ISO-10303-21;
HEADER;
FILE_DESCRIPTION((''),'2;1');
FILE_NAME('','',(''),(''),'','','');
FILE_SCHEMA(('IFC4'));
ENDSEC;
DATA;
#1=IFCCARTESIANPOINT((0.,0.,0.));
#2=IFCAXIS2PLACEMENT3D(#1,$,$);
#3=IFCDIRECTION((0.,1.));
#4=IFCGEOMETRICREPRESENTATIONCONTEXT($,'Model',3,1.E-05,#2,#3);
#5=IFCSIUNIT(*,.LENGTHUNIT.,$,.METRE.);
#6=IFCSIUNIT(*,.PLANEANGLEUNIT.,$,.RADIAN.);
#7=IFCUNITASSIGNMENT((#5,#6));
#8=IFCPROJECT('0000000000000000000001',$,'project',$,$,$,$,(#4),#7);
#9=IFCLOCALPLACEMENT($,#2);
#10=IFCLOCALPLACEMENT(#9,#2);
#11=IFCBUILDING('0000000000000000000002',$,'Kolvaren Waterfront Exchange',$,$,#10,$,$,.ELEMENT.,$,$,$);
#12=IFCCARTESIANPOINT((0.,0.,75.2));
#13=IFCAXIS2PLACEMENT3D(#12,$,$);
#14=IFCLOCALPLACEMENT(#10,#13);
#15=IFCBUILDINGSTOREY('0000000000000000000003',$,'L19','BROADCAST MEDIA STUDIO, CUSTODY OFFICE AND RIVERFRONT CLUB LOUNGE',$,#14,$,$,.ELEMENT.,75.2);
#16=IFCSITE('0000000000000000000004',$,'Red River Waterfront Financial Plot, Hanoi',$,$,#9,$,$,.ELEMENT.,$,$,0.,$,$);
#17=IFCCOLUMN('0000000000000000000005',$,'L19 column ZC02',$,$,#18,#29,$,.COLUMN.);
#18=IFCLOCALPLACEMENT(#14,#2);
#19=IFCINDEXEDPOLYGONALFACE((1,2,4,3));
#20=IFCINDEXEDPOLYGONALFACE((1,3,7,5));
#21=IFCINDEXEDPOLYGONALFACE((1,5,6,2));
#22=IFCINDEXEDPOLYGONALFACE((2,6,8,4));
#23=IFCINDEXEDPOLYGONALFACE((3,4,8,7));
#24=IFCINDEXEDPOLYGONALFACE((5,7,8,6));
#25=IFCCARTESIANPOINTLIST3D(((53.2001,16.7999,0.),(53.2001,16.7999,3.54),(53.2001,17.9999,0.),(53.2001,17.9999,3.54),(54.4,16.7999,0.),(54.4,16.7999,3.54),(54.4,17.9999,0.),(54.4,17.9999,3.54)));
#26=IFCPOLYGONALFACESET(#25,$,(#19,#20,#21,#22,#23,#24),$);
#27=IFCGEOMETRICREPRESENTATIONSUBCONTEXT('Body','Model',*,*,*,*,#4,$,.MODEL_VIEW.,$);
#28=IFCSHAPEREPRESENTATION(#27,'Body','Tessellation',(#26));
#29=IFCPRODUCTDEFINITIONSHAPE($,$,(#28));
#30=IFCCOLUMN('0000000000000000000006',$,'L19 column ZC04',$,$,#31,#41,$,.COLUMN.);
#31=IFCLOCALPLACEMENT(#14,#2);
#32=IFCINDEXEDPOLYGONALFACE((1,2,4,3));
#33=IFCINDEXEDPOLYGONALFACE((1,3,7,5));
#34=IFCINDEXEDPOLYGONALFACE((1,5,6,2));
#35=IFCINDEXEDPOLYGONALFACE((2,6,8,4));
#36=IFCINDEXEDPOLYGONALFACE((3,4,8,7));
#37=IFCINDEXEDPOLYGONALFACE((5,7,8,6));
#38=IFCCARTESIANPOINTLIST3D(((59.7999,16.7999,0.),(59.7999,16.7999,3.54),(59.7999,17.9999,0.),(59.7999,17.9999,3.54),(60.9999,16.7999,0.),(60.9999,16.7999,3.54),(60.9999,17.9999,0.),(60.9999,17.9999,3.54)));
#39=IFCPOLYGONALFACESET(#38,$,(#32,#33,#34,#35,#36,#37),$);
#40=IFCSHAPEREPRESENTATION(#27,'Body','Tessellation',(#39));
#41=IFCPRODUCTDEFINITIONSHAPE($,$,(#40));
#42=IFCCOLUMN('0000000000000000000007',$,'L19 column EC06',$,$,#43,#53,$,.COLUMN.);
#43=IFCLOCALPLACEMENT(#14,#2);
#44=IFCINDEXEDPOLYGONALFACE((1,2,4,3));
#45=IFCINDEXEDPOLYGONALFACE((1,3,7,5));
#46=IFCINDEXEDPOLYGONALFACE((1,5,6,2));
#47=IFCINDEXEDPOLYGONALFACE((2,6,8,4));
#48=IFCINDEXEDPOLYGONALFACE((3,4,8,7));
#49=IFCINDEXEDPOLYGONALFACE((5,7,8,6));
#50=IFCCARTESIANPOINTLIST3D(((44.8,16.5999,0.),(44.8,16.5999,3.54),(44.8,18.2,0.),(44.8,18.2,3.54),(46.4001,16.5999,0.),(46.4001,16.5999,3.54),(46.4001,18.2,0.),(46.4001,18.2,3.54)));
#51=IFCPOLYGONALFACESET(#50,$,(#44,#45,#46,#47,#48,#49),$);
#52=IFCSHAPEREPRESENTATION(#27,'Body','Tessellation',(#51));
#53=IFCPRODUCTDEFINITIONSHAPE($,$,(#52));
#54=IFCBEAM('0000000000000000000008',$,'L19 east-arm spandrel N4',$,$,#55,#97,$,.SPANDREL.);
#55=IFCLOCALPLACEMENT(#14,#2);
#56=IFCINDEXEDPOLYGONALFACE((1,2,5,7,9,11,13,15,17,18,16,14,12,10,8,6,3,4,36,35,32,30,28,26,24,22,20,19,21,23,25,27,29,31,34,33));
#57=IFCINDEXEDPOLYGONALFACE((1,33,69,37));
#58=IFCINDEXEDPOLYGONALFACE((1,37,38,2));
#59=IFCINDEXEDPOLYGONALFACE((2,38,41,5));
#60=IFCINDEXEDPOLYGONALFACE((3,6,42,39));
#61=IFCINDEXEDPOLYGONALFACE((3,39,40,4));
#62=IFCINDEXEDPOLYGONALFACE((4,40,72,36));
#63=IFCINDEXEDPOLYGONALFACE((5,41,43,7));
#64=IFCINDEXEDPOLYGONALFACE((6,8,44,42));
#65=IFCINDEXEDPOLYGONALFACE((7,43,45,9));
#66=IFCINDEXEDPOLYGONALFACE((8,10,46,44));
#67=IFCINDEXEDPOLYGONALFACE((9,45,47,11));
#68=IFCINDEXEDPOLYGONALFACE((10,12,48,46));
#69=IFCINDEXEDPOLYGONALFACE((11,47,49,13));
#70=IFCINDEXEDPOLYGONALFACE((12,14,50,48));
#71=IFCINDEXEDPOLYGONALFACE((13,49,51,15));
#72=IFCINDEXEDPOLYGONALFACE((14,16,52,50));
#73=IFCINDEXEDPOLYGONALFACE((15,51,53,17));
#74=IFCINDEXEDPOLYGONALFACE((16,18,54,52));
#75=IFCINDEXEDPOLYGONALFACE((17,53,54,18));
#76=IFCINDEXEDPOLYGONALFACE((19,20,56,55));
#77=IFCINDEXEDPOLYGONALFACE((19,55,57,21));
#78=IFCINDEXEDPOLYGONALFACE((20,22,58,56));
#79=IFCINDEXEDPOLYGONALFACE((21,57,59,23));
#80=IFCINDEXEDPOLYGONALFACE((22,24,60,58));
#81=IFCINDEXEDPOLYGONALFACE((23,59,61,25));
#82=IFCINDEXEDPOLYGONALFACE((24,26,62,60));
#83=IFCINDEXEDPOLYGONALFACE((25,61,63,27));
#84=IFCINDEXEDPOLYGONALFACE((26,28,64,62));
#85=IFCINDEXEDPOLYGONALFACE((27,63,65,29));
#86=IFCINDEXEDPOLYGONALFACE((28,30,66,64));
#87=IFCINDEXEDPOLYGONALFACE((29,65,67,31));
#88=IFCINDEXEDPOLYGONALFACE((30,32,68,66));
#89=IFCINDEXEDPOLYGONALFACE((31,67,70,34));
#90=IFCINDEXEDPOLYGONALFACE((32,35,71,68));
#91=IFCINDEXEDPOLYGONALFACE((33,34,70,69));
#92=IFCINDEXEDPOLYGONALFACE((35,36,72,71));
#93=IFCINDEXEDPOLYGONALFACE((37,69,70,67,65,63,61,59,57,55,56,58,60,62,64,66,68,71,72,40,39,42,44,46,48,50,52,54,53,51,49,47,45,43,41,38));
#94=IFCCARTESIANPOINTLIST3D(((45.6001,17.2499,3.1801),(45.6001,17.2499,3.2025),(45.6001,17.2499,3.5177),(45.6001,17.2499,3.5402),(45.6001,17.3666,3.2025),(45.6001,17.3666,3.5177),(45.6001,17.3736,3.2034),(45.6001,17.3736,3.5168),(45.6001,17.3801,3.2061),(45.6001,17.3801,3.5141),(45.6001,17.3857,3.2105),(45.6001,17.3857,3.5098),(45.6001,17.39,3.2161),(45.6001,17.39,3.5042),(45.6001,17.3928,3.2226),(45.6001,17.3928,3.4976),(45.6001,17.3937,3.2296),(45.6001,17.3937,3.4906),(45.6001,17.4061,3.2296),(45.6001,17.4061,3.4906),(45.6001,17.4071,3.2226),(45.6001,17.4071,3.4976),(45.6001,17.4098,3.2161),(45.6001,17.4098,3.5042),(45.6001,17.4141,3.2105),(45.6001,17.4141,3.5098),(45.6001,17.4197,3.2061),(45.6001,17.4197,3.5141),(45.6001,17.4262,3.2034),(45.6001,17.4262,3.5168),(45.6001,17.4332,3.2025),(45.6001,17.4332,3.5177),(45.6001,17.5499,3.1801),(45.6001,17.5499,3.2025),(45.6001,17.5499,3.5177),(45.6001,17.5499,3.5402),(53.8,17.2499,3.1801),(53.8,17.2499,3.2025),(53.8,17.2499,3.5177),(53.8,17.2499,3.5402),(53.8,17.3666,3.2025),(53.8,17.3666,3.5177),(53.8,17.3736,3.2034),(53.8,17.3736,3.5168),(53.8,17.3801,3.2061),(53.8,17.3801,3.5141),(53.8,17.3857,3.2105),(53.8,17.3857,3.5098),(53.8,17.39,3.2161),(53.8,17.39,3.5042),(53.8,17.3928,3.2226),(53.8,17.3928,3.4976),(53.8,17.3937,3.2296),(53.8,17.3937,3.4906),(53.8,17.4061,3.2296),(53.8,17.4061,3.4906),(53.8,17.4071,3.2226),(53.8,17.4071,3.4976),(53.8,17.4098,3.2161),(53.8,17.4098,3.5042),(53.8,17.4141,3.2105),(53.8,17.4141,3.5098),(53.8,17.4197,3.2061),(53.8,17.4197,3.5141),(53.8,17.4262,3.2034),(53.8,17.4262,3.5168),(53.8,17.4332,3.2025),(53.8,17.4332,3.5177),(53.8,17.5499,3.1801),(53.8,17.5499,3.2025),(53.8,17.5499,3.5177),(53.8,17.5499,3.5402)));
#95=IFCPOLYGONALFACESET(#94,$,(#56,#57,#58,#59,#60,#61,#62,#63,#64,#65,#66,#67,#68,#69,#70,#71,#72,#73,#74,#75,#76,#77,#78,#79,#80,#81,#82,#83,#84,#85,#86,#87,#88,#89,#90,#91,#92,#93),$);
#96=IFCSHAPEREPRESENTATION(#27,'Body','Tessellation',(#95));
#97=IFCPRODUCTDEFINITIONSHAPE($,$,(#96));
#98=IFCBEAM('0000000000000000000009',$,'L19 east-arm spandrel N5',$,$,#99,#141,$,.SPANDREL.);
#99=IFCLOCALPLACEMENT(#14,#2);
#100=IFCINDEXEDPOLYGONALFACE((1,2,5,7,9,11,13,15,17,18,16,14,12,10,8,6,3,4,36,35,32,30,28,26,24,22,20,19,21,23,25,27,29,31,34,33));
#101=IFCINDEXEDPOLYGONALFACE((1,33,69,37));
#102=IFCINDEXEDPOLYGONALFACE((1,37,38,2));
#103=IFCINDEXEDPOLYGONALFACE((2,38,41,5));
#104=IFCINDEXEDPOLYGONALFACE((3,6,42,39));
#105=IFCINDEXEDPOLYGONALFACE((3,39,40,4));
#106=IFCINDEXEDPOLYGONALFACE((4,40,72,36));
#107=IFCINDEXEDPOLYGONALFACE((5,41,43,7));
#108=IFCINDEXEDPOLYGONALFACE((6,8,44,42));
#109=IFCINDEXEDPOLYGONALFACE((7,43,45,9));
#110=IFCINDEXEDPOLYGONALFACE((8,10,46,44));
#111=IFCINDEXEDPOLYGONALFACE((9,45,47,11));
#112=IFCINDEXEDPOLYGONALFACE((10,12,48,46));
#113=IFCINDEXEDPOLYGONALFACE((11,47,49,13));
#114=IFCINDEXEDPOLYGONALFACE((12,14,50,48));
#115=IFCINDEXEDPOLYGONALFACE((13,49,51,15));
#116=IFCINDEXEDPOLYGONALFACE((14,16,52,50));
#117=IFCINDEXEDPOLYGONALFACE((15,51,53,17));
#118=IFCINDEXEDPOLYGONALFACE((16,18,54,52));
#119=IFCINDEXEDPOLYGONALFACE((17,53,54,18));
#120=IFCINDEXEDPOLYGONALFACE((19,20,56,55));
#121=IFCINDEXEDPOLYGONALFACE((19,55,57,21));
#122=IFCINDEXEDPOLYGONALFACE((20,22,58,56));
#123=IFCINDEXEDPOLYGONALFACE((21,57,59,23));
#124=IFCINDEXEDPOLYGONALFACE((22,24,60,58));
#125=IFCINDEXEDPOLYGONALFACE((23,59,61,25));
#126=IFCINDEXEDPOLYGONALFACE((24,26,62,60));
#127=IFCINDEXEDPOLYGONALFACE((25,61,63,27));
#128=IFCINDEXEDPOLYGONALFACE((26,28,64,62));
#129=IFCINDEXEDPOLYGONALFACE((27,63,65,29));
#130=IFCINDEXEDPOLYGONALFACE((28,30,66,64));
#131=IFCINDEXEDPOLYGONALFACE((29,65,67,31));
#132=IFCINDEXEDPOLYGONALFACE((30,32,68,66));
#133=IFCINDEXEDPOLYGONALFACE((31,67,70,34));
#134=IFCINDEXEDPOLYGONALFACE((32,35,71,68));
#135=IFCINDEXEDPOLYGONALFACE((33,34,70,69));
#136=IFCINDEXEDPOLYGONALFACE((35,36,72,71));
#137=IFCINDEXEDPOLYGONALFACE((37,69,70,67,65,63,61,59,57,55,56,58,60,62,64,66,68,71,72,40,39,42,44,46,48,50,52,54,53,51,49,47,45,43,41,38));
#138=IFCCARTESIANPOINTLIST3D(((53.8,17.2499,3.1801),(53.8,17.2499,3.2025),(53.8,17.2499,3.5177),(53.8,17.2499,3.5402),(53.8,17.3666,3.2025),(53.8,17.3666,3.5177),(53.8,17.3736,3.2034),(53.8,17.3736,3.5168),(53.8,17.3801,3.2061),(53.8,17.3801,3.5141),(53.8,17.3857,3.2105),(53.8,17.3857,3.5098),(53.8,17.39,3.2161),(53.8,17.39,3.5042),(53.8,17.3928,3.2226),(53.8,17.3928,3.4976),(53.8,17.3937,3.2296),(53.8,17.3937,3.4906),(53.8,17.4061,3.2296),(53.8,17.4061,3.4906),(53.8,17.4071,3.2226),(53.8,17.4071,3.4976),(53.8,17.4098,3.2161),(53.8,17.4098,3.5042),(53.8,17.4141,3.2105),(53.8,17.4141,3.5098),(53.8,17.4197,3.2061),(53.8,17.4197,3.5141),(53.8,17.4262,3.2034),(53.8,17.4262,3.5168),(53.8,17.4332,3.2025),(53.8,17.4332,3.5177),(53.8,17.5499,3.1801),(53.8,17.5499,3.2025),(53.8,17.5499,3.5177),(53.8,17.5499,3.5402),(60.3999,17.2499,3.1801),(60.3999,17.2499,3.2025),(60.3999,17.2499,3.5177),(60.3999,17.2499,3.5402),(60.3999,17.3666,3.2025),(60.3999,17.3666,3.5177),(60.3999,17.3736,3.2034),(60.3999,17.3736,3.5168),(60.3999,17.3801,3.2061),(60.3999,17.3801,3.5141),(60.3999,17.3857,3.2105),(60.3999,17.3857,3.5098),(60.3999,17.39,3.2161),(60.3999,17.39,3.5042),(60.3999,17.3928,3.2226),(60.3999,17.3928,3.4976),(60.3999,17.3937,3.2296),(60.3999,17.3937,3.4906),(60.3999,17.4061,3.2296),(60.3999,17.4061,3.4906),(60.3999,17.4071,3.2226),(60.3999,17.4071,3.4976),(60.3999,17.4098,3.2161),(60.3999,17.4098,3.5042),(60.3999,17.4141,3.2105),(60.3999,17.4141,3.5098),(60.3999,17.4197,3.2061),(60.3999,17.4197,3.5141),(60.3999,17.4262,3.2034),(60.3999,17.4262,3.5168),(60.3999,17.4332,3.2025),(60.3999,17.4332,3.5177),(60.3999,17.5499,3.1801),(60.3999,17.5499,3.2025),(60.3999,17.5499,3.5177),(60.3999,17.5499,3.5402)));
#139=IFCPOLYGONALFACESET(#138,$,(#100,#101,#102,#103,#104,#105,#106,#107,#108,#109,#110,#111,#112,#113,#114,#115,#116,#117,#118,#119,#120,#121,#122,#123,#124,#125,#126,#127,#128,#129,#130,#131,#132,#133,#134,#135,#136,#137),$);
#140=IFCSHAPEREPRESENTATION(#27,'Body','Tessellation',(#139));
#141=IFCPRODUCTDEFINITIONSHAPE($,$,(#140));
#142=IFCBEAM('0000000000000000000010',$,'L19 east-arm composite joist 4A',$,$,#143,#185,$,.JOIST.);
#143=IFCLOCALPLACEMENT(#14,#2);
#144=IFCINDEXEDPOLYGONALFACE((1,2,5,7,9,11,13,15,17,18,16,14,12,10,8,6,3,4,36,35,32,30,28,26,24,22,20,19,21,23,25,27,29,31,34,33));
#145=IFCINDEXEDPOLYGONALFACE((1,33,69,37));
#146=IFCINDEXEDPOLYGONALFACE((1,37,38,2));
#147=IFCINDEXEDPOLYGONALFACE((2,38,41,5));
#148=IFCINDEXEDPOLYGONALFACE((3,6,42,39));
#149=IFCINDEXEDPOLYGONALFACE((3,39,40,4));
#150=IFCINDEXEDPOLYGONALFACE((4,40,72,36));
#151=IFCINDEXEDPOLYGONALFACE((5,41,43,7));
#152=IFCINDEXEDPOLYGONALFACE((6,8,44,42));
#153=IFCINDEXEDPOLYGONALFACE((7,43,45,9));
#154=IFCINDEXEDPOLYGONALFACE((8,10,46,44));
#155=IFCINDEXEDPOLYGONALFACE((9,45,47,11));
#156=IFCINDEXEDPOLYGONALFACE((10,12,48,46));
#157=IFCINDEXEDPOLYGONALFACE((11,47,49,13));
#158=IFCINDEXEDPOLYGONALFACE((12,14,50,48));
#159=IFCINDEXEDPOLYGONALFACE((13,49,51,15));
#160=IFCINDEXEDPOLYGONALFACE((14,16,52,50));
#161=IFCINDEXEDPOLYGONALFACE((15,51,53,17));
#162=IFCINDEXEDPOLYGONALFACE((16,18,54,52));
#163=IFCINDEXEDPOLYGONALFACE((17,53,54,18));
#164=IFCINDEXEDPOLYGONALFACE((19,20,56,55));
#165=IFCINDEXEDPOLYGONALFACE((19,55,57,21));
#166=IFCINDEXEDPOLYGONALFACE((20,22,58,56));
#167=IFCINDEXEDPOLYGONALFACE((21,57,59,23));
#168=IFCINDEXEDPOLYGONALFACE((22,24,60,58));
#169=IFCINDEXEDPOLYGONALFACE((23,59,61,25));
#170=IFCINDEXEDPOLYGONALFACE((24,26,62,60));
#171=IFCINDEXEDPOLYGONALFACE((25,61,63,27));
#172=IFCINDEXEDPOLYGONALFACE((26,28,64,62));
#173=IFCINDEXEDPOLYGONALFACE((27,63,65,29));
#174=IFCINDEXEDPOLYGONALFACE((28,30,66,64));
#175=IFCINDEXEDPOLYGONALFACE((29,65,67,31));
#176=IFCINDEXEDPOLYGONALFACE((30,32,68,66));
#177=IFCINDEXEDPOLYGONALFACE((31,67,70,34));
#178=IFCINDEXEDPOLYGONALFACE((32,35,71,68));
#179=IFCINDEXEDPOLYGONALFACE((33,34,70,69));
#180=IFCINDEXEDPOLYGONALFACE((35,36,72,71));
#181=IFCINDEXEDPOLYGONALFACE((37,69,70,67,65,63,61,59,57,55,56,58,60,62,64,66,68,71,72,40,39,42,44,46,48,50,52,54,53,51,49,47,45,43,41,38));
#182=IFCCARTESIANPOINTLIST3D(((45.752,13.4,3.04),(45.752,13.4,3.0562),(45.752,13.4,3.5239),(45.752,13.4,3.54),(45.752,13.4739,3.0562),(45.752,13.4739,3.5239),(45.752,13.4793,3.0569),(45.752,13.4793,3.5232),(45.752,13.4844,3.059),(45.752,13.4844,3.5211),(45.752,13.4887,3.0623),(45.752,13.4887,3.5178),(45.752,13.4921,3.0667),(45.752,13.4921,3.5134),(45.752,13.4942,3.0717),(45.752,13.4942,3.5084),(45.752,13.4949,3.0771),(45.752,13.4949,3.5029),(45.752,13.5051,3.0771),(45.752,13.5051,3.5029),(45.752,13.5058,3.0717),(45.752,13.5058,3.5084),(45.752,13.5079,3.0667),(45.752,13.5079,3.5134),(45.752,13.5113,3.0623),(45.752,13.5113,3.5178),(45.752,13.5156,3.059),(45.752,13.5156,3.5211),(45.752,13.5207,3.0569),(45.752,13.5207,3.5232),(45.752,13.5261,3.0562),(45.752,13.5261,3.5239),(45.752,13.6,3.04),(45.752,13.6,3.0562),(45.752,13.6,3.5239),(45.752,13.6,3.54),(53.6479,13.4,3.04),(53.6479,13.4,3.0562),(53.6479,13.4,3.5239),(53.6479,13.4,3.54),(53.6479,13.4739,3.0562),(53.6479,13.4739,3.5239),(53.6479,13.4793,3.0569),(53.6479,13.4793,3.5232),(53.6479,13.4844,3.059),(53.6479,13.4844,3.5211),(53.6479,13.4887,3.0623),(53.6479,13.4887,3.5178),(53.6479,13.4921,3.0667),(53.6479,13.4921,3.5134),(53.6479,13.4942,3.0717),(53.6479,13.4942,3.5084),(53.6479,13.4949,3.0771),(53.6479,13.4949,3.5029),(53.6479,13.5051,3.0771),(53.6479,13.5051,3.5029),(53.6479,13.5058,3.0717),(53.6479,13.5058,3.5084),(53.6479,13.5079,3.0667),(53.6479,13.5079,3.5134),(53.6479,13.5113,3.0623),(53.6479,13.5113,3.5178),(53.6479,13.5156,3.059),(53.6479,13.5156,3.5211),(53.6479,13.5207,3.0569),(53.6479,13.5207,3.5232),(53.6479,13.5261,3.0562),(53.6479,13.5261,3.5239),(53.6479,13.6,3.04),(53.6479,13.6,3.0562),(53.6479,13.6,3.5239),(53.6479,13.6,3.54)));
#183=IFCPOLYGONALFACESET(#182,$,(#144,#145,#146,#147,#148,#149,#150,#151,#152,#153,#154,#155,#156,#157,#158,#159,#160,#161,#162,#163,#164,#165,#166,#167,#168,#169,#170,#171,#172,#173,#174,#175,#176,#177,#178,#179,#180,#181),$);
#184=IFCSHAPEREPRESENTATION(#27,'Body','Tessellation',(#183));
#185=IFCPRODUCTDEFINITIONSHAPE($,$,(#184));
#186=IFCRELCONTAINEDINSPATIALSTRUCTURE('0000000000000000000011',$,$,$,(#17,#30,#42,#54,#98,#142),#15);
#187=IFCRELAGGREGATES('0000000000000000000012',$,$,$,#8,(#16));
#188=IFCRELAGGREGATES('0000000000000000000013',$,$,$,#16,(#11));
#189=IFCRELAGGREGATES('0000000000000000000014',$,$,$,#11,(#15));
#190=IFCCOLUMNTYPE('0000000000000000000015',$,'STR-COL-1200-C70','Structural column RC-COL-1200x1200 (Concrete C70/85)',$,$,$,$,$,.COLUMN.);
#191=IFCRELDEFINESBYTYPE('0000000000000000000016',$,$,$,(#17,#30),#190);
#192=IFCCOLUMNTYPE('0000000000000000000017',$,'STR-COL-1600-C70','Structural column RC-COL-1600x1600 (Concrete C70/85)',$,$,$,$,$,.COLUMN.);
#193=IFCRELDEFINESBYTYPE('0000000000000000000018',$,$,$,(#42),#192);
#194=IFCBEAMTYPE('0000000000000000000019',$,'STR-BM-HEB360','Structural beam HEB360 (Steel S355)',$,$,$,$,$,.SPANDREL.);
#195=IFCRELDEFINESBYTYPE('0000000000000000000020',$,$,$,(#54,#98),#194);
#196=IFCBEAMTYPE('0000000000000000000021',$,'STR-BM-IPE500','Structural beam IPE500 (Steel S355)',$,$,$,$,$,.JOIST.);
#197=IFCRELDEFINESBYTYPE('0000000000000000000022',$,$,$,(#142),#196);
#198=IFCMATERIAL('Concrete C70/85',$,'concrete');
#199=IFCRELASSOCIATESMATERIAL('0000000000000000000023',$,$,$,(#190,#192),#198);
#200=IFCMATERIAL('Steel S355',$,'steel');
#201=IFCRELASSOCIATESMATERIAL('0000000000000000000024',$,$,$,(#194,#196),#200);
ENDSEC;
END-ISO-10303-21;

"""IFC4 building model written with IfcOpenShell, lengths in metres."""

from ifc_helpers import new_model, si_unit, direction, frame, origin, origin_2d, place, context, subcontext, project, spatial, rectangle, i_section, extrude, material, material_profile, profile_set, type_object, element, save


model = new_model("IFC4")

# Units and contexts
model_context = context("Model", 3, precision=1e-05, world=origin(), true_north=direction((0.0, 1.0)))
body_context = subcontext(model_context, "Body", "Model", "MODEL_VIEW")
ifc_project = project(units=[si_unit("LENGTHUNIT", "METRE"), si_unit("PLANEANGLEUNIT", "RADIAN")], contexts=[model_context])

# Site, building, storey
site_placement = place(None, origin())
site = spatial("IfcSite", under=ifc_project, at=site_placement, Name="Red River Waterfront Financial Plot, Hanoi", CompositionType="ELEMENT", RefElevation=0.0)
building_placement = place(site_placement, origin())
building = spatial("IfcBuilding", under=site, at=building_placement, Name="Kolvaren Waterfront Exchange", CompositionType="ELEMENT")
storey_placement = place(building_placement, frame((0.0, 0.0, 75.2)))
storey = spatial("IfcBuildingStorey", under=building, at=storey_placement, Name="L19", Description="BROADCAST MEDIA STUDIO, CUSTODY OFFICE AND RIVERFRONT CLUB LOUNGE", CompositionType="ELEMENT", Elevation=75.2)

# Columns
ifc_material_1 = material(Name="Concrete C70/85", Category="concrete")
ifc_material_profile_1 = material_profile(ifc_material_1, rectangle(XDim=1.2, YDim=1.2, at=origin_2d()), Name="RC-COL-1200x1200")
ifc_profile_set_1 = profile_set([ifc_material_profile_1], Name="Concrete C70/85")
column_type_1 = type_object("IfcColumnType", Name="STR-COL-1200-C70", Description="Structural column RC-COL-1200x1200 (Concrete C70/85)", PredefinedType="COLUMN", material=ifc_profile_set_1)
for number, where, z_axis, x_axis, name in (
    (1, (53.8, 17.3999, 0.0), (0.0, 0.0, 1.0), (1.0, 0.0, 0.0), "L19 column ZC02"),
    (2, (60.3999, 17.3999, 0.0), (0.0, 0.0, 1.0), (1.0, 0.0, 0.0), "L19 column ZC04"),
):
    element("IfcColumn", number, at=place(storey_placement, frame(where, z_axis=z_axis, x_axis=x_axis)), inside=storey, type_object=column_type_1, Name=name, PredefinedType="COLUMN", context=body_context, shape_type="SweptSolid", body=[
        extrude(rectangle(XDim=1.2, YDim=1.2, at=origin_2d()), origin(), (0.0, 0.0, 1.0), 3.54),
    ])
ifc_material_profile_2 = material_profile(ifc_material_1, rectangle(XDim=1.6001, YDim=1.6001, at=origin_2d()), Name="RC-COL-1600x1600")
ifc_profile_set_2 = profile_set([ifc_material_profile_2], Name="Concrete C70/85")
column_type_2 = type_object("IfcColumnType", Name="STR-COL-1600-C70", Description="Structural column RC-COL-1600x1600 (Concrete C70/85)", PredefinedType="COLUMN", material=ifc_profile_set_2)
column_placement = place(storey_placement, frame((45.6001, 17.3999, 0.0), z_axis=(0.0, 0.0, 1.0), x_axis=(1.0, 0.0, 0.0)))
element("IfcColumn", 3, at=column_placement, inside=storey, type_object=column_type_2, Name="L19 column EC06", PredefinedType="COLUMN", context=body_context, shape_type="SweptSolid", body=[
    extrude(rectangle(XDim=1.6001, YDim=1.6001, at=origin_2d()), origin(), (0.0, 0.0, 1.0), 3.54),
])

# Beams
ifc_material_2 = material(Name="Steel S355", Category="steel")
ifc_material_profile_3 = material_profile(ifc_material_2, i_section(OverallWidth=0.3, OverallDepth=0.3601, WebThickness=0.0125, FlangeThickness=0.0225, FilletRadius=0.0271, at=origin_2d()), Name="HEB360")
ifc_profile_set_3 = profile_set([ifc_material_profile_3], Name="Steel S355")
beam_type_1 = type_object("IfcBeamType", Name="STR-BM-HEB360", Description="Structural beam HEB360 (Steel S355)", PredefinedType="SPANDREL", material=ifc_profile_set_3)
beam_1_placement = place(storey_placement, frame((45.6001, 17.3999, 3.3601), z_axis=(1.0, 0.0, 0.0), x_axis=(0.0, 1.0, 0.0)))
element("IfcBeam", 4, at=beam_1_placement, inside=storey, type_object=beam_type_1, Name="L19 east-arm spandrel N4", PredefinedType="SPANDREL", context=body_context, shape_type="SweptSolid", body=[
    extrude(i_section(OverallWidth=0.3, OverallDepth=0.3601, WebThickness=0.0125, FlangeThickness=0.0225, FilletRadius=0.0271, at=origin_2d()), origin(), (0.0, 0.0, 1.0), 8.2),
])
beam_2_placement = place(storey_placement, frame((53.8, 17.3999, 3.3601), z_axis=(1.0, 0.0, 0.0), x_axis=(0.0, 1.0, 0.0)))
element("IfcBeam", 5, at=beam_2_placement, inside=storey, type_object=beam_type_1, Name="L19 east-arm spandrel N5", PredefinedType="SPANDREL", context=body_context, shape_type="SweptSolid", body=[
    extrude(i_section(OverallWidth=0.3, OverallDepth=0.3601, WebThickness=0.0125, FlangeThickness=0.0225, FilletRadius=0.0271, at=origin_2d()), origin(), (0.0, 0.0, 1.0), 6.5999),
])
ifc_material_profile_4 = material_profile(ifc_material_2, i_section(OverallWidth=0.2, OverallDepth=0.5, WebThickness=0.0103, FlangeThickness=0.0161, FilletRadius=0.021, at=origin_2d()), Name="IPE500")
ifc_profile_set_4 = profile_set([ifc_material_profile_4], Name="Steel S355")
beam_type_2 = type_object("IfcBeamType", Name="STR-BM-IPE500", Description="Structural beam IPE500 (Steel S355)", PredefinedType="JOIST", material=ifc_profile_set_4)
for number, where, z_axis, x_axis, name in (
    (6, (45.752, 13.5, 3.29), (1.0, 0.0, 0.0), (0.0, 1.0, 0.0), "L19 east-arm composite joist 4A"),
):
    element("IfcBeam", number, at=place(storey_placement, frame(where, z_axis=z_axis, x_axis=x_axis)), inside=storey, type_object=beam_type_2, Name=name, PredefinedType="JOIST", context=body_context, shape_type="SweptSolid", body=[
        extrude(i_section(OverallWidth=0.2, OverallDepth=0.5, WebThickness=0.0103, FlangeThickness=0.0161, FilletRadius=0.021, at=origin_2d()), origin(), (0.0, 0.0, 1.0), 7.896),
    ])

save(model, "model.ifc")
